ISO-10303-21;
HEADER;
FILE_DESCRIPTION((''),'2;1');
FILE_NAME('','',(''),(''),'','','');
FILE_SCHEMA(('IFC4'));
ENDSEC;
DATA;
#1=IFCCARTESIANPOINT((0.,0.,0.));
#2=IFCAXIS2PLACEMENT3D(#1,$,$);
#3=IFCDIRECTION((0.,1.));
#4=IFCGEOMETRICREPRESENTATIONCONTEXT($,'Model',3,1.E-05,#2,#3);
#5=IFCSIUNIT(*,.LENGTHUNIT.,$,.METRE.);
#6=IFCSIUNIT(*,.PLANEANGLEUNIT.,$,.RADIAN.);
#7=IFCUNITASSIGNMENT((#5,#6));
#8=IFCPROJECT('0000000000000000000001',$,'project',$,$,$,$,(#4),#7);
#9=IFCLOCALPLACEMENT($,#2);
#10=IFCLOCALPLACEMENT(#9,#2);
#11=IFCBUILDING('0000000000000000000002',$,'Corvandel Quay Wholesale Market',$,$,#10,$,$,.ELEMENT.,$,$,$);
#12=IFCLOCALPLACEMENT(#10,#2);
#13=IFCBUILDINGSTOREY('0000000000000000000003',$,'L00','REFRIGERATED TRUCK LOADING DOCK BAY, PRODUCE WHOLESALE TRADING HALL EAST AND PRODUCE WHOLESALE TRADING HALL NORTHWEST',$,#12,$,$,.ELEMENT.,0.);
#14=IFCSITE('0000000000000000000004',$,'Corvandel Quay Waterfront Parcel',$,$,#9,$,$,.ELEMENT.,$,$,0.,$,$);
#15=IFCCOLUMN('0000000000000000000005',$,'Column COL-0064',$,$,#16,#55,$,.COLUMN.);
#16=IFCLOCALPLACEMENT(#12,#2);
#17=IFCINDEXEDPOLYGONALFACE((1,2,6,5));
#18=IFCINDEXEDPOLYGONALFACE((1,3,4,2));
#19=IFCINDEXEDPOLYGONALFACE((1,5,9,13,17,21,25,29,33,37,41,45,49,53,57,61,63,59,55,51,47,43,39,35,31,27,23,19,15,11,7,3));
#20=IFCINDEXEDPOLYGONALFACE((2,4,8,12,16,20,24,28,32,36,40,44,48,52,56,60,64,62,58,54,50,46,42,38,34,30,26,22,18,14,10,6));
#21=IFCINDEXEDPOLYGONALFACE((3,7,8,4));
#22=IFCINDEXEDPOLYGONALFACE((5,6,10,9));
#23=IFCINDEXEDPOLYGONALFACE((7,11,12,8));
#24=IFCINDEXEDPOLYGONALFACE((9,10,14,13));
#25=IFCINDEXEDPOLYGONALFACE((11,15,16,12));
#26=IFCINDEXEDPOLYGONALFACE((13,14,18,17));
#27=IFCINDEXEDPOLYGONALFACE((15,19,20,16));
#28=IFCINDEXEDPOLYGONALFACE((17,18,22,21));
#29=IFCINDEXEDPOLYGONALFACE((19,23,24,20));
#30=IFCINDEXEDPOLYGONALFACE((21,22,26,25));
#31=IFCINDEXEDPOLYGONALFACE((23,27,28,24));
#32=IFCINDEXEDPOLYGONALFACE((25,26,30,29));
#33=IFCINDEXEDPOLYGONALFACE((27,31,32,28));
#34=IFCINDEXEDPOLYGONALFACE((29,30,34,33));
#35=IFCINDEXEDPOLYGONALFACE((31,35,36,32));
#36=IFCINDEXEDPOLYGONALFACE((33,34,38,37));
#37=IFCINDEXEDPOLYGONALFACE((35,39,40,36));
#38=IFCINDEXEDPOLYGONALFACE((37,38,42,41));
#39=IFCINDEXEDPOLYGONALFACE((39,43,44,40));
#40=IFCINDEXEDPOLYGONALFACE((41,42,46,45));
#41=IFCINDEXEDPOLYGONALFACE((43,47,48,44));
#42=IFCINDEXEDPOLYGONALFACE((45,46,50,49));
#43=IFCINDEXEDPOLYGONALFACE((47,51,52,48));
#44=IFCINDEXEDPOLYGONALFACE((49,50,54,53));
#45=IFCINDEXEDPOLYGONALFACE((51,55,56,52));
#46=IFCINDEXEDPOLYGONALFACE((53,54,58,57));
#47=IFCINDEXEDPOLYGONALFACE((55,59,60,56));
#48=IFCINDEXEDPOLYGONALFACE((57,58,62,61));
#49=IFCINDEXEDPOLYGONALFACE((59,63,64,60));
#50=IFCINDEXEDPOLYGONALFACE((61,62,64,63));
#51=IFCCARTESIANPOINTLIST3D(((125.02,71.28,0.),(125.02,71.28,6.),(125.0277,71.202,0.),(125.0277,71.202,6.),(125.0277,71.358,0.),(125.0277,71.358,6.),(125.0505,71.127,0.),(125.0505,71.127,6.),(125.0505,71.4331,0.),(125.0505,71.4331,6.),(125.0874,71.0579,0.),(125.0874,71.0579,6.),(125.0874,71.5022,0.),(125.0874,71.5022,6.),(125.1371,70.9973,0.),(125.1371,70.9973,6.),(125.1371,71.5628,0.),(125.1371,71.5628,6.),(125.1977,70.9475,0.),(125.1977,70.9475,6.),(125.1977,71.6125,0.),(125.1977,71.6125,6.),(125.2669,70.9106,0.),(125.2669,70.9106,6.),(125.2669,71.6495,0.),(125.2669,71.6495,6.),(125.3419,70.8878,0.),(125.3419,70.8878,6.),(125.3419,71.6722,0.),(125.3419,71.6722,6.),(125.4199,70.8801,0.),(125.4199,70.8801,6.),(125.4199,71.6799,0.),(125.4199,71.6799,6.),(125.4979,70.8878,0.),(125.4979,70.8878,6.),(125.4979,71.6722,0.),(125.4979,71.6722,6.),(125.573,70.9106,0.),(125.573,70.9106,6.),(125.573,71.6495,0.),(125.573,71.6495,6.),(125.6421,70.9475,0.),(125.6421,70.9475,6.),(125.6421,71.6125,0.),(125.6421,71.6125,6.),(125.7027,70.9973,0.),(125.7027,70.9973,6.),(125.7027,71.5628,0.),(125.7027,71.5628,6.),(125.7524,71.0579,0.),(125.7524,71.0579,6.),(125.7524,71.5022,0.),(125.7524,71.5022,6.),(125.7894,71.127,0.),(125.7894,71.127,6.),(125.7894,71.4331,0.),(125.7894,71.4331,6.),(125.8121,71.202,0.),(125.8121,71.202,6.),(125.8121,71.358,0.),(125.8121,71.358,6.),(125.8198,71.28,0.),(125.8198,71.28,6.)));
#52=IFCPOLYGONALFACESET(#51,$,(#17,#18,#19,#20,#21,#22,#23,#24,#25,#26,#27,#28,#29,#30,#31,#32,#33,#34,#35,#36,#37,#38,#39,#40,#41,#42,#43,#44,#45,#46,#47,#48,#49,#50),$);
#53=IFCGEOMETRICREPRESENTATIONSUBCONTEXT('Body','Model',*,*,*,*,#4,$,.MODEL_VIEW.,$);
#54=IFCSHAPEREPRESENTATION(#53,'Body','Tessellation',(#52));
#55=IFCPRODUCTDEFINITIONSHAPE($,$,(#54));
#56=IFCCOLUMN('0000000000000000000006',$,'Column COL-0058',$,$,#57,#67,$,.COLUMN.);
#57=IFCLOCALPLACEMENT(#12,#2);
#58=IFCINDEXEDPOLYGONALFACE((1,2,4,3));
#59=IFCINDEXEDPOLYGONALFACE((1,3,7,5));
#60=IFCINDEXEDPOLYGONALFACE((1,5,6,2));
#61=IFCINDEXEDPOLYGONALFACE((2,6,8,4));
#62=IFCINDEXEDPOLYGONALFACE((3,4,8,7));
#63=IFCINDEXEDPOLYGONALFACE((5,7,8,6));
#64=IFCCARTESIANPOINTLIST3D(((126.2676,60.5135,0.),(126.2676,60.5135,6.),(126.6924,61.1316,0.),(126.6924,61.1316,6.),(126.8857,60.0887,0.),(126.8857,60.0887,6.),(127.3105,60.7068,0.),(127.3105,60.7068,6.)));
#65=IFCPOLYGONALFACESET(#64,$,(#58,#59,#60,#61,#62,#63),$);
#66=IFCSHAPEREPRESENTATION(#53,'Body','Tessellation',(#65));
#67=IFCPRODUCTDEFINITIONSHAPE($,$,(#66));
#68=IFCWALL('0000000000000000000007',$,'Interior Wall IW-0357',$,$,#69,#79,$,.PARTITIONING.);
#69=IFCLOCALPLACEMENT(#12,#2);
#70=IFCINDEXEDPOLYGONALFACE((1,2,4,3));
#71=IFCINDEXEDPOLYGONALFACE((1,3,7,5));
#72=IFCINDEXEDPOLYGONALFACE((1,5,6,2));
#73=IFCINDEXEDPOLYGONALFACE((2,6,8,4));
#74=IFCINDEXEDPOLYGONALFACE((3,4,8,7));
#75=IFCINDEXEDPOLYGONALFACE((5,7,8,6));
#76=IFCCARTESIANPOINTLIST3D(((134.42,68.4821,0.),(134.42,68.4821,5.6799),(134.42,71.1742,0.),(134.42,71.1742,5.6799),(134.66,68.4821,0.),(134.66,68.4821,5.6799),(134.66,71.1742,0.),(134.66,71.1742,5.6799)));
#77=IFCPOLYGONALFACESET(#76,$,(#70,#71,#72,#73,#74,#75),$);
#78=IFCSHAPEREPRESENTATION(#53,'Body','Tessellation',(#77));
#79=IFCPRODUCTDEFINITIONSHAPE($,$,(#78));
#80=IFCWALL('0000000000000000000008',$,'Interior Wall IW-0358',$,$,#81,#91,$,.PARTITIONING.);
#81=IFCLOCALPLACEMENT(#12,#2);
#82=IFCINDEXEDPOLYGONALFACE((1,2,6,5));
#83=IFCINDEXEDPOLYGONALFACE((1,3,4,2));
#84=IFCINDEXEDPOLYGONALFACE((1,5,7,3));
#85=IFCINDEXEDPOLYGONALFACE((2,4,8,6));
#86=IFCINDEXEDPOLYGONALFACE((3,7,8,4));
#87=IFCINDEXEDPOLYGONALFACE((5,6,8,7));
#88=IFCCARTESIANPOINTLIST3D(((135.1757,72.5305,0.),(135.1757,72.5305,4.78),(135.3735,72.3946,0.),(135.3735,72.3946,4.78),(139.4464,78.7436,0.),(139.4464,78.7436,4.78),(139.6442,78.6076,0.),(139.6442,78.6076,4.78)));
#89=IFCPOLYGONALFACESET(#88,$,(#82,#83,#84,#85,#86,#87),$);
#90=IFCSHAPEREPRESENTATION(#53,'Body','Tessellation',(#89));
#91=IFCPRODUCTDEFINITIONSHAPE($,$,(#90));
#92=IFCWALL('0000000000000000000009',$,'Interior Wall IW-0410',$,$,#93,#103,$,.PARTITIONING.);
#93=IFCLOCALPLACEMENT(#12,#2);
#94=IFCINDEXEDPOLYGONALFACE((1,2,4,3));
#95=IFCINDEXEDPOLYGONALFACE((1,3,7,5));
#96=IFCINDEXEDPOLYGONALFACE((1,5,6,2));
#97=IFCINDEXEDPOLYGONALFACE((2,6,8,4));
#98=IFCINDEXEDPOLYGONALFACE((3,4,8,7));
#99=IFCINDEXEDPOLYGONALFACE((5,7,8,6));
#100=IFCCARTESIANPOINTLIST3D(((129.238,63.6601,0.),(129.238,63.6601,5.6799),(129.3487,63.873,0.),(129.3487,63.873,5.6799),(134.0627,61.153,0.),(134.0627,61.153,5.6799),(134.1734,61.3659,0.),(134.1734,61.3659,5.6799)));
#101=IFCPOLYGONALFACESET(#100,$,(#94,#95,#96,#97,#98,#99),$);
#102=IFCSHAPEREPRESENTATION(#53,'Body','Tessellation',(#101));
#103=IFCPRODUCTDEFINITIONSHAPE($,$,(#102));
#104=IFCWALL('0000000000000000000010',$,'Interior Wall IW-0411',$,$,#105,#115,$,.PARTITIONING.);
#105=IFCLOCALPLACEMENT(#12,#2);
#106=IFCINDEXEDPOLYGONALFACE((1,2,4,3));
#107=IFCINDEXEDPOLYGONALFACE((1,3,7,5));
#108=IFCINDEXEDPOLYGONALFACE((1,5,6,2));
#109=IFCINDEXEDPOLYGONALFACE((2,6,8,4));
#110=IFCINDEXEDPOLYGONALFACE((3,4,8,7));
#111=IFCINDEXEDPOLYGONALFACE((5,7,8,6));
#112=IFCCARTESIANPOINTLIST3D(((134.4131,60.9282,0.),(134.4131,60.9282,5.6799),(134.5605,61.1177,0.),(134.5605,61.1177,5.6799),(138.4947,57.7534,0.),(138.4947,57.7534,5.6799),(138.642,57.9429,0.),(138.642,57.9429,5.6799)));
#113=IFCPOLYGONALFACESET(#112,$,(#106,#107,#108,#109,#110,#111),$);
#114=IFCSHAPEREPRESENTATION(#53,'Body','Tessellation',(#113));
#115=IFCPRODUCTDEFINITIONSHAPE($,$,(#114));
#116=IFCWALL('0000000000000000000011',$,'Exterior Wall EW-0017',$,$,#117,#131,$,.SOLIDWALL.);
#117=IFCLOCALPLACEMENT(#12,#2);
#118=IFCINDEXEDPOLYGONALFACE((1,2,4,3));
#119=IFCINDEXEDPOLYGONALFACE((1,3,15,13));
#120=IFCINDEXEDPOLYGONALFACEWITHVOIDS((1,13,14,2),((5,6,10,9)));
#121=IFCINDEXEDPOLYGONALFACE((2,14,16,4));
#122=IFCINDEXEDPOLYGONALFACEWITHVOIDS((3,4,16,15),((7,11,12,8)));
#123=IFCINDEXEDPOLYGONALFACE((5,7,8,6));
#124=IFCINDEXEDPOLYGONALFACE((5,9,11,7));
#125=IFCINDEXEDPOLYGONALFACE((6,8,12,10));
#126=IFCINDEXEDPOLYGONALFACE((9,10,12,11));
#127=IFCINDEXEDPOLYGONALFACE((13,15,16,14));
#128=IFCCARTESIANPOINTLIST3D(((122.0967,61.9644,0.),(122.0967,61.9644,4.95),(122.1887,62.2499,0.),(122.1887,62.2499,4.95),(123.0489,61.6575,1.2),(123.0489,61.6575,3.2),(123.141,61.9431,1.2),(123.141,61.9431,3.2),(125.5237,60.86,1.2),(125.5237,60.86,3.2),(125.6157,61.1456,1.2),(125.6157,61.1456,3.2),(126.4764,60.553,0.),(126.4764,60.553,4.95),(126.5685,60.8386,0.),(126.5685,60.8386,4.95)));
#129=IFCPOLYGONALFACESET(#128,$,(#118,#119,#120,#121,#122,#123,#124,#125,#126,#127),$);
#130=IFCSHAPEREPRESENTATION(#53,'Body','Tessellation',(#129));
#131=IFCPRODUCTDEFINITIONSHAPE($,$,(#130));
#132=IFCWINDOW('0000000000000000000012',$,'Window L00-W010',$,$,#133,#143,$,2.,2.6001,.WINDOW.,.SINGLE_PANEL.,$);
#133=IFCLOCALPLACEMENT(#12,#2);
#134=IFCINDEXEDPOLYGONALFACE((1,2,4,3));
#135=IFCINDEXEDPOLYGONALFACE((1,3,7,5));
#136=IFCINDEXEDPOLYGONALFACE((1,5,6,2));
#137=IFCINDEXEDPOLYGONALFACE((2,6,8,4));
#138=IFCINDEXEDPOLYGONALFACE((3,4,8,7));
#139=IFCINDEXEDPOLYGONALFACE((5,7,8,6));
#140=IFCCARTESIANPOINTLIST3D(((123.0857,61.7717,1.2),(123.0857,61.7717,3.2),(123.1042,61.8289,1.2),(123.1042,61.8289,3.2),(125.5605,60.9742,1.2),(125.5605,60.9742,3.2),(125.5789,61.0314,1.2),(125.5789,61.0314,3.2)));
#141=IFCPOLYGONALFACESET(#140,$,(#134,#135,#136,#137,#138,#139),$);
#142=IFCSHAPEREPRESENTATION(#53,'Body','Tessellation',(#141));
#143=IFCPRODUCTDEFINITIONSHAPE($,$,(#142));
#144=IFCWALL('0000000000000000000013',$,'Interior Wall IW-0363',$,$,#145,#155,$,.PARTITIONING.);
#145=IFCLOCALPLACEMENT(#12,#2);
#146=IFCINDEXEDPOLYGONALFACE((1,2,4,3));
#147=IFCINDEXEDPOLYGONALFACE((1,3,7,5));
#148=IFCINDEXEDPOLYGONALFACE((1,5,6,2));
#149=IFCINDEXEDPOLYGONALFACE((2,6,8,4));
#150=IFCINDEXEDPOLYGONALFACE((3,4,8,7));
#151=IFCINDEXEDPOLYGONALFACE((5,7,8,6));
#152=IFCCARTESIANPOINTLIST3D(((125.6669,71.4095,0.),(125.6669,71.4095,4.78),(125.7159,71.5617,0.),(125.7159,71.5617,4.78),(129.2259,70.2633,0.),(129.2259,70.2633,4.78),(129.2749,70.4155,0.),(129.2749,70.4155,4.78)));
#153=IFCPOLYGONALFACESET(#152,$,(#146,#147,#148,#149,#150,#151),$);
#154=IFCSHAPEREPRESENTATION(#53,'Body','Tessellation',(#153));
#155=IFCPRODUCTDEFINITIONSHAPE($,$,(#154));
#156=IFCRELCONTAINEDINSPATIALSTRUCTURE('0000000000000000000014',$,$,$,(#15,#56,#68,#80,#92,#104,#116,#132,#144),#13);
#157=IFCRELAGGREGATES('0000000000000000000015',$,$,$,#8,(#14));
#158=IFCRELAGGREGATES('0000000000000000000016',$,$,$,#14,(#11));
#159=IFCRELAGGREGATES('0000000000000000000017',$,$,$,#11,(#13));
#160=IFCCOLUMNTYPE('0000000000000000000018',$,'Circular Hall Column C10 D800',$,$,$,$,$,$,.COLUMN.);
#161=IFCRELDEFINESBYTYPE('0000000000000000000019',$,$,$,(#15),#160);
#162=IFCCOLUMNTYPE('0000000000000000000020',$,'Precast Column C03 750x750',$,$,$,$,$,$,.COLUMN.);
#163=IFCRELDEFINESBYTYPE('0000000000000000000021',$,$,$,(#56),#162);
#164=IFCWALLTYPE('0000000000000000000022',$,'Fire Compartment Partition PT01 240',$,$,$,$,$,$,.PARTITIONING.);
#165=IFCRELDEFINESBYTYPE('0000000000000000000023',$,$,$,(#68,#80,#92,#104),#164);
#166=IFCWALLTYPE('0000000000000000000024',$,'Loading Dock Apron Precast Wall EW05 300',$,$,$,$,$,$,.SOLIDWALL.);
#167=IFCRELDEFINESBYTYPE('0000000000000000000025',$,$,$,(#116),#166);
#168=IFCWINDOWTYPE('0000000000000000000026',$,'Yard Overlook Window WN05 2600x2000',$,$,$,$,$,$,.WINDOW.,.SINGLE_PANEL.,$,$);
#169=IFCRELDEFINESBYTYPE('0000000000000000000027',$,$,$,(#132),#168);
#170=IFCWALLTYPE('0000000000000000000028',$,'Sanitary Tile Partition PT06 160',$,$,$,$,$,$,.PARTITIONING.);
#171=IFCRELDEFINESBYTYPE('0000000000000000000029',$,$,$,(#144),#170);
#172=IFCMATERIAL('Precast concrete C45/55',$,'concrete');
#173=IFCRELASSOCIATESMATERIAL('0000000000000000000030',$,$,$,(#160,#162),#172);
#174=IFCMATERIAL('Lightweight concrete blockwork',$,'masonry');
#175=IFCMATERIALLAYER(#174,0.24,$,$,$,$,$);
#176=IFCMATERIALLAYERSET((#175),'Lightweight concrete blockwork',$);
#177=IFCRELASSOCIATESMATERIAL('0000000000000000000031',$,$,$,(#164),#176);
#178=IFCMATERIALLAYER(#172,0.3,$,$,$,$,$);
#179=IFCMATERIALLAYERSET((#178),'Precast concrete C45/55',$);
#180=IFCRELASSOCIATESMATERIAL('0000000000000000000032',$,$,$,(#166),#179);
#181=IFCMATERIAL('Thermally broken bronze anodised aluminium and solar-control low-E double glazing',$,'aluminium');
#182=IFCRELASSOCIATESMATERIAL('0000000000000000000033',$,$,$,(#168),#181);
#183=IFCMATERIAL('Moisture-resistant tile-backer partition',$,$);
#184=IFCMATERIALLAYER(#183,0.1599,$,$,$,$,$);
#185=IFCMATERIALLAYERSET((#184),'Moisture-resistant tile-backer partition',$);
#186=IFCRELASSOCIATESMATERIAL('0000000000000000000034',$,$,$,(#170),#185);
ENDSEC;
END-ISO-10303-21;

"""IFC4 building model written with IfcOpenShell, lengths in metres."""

from ifc_helpers import new_model, si_unit, direction, frame, frame_2d, origin, origin_2d, place, context, subcontext, project, spatial, rectangle, circle, extrude, material, layer, layer_set, material_profile, profile_set, type_object, element, fill, save


model = new_model("IFC4")

# Units and contexts
model_context = context("Model", 3, precision=1e-05, world=origin(), true_north=direction((0.0, 1.0)))
body_context = subcontext(model_context, "Body", "Model", "MODEL_VIEW")
ifc_project = project(units=[si_unit("LENGTHUNIT", "METRE"), si_unit("PLANEANGLEUNIT", "RADIAN")], contexts=[model_context])

# Site, building, storey
site_placement = place(None, origin())
site = spatial("IfcSite", under=ifc_project, at=site_placement, Name="Corvandel Quay Waterfront Parcel", CompositionType="ELEMENT", RefElevation=0.0)
building_placement = place(site_placement, origin())
building = spatial("IfcBuilding", under=site, at=building_placement, Name="Corvandel Quay Wholesale Market", CompositionType="ELEMENT")
storey_placement = place(building_placement, origin())
storey = spatial("IfcBuildingStorey", under=building, at=storey_placement, Name="L00", Description="REFRIGERATED TRUCK LOADING DOCK BAY, PRODUCE WHOLESALE TRADING HALL EAST AND PRODUCE WHOLESALE TRADING HALL NORTHWEST", CompositionType="ELEMENT", Elevation=0.0)

# Columns
ifc_material_1 = material(Name="Precast concrete C45/55", Category="concrete")
ifc_material_profile_1 = material_profile(ifc_material_1, circle(Radius=0.3999, at=origin_2d()), Name="PC-COL-D800")
ifc_profile_set_1 = profile_set([ifc_material_profile_1], Name="Precast concrete C45/55")
column_type_1 = type_object("IfcColumnType", Name="Circular Hall Column C10 D800", PredefinedType="COLUMN", material=ifc_profile_set_1)
for number, where, z_axis, x_axis, name in (
    (1, (125.4199, 71.28, 0.0), (0.0, 0.0, 1.0), (1.0, 0.0, 0.0), "Column COL-0064"),
):
    element("IfcColumn", number, at=place(storey_placement, frame(where, z_axis=z_axis, x_axis=x_axis)), inside=storey, type_object=column_type_1, Name=name, PredefinedType="COLUMN", context=body_context, shape_type="SweptSolid", body=[
        extrude(circle(Radius=0.3999, at=origin_2d()), origin(), (0.0, 0.0, 1.0), 6.0),
    ])
ifc_material_profile_2 = material_profile(ifc_material_1, rectangle(XDim=0.75, YDim=0.75, at=origin_2d()), Name="PC-COL-750x750")
ifc_profile_set_2 = profile_set([ifc_material_profile_2], Name="Precast concrete C45/55")
column_type_2 = type_object("IfcColumnType", Name="Precast Column C03 750x750", PredefinedType="COLUMN", material=ifc_profile_set_2)
column_placement = place(storey_placement, frame((126.7891, 60.6101, 0.0), z_axis=(0.0, 0.0, 1.0), x_axis=(-0.824126, 0.566406, 0.0)))
element("IfcColumn", 2, at=column_placement, inside=storey, type_object=column_type_2, Name="Column COL-0058", PredefinedType="COLUMN", context=body_context, shape_type="SweptSolid", body=[
    extrude(rectangle(XDim=0.75, YDim=0.75, at=origin_2d()), origin(), (0.0, 0.0, 1.0), 6.0),
])

# Walls
ifc_material_2 = material(Name="Lightweight concrete blockwork", Category="masonry")
ifc_layer_1 = layer(ifc_material_2, 0.24)
ifc_layer_set_1 = layer_set([ifc_layer_1], Name="Lightweight concrete blockwork")
wall_type_1 = type_object("IfcWallType", Name="Fire Compartment Partition PT01 240", PredefinedType="PARTITIONING", material=ifc_layer_set_1)
wall_1_placement = place(storey_placement, frame((134.54, 68.4819, 0.0), z_axis=(0.0, 0.0, 1.0), x_axis=(0.0, 1.0, 0.0)))
element("IfcWall", 3, at=wall_1_placement, inside=storey, type_object=wall_type_1, Name="Interior Wall IW-0357", PredefinedType="PARTITIONING", context=body_context, shape_type="SweptSolid", body=[
    extrude(rectangle(XDim=2.6921, YDim=0.24, at=frame_2d((1.3462, 0.0))), origin(), (0.0, 0.0, 1.0), 5.6799),
])
wall_2_placement = place(storey_placement, frame((135.2747, 72.4626, 0.0), z_axis=(0.0, 0.0, 1.0), x_axis=(0.566459, 0.82409, 0.0)))
element("IfcWall", 4, at=wall_2_placement, inside=storey, type_object=wall_type_1, Name="Interior Wall IW-0358", PredefinedType="PARTITIONING", context=body_context, shape_type="SweptSolid", body=[
    extrude(rectangle(XDim=7.5393, YDim=0.24, at=frame_2d((3.7695, 0.0))), origin(), (0.0, 0.0, 1.0), 4.78),
])
wall_3_placement = place(storey_placement, frame((129.2932, 63.7666, 0.0), z_axis=(0.0, 0.0, 1.0), x_axis=(0.88735, -0.461097, 0.0)))
element("IfcWall", 5, at=wall_3_placement, inside=storey, type_object=wall_type_1, Name="Interior Wall IW-0410", PredefinedType="PARTITIONING", context=body_context, shape_type="SweptSolid", body=[
    extrude(rectangle(XDim=5.4373, YDim=0.24, at=frame_2d((2.7188, 0.0))), origin(), (0.0, 0.0, 1.0), 5.6799),
])
wall_4_placement = place(storey_placement, frame((134.4868, 61.0229, 0.0), z_axis=(0.0, 0.0, 1.0), x_axis=(0.789327, -0.613973, 0.0)))
element("IfcWall", 6, at=wall_4_placement, inside=storey, type_object=wall_type_1, Name="Interior Wall IW-0411", PredefinedType="PARTITIONING", context=body_context, shape_type="SweptSolid", body=[
    extrude(rectangle(XDim=5.1709, YDim=0.24, at=frame_2d((2.5854, 0.0))), origin(), (0.0, 0.0, 1.0), 5.6799),
])

# Wall, opening, window
ifc_layer_2 = layer(ifc_material_1, 0.3)
ifc_layer_set_2 = layer_set([ifc_layer_2], Name="Precast concrete C45/55")
wall_type_2 = type_object("IfcWallType", Name="Loading Dock Apron Precast Wall EW05 300", PredefinedType="SOLIDWALL", material=ifc_layer_set_2)
wall_5_placement = place(storey_placement, frame((126.5225, 60.6958, 0.0), z_axis=(0.0, 0.0, 1.0), x_axis=(-0.951803, 0.30671, 0.0)))
wall_5 = element("IfcWall", 7, at=wall_5_placement, inside=storey, type_object=wall_type_2, Name="Exterior Wall EW-0017", PredefinedType="SOLIDWALL", context=body_context, shape_type="SweptSolid", body=[
    extrude(rectangle(XDim=4.6016, YDim=0.3, at=frame_2d((2.3008, 0.0))), origin(), (0.0, 0.0, 1.0), 4.95),
])
opening_1_placement = place(wall_5_placement, frame((1.001, 0.0, 1.2)))
opening_1 = element("IfcOpeningElement", 8, at=opening_1_placement, cuts=wall_5, PredefinedType="OPENING", context=body_context, shape_type="SweptSolid", body=[
    extrude(rectangle(XDim=2.6001, YDim=2.0, at=frame_2d((1.3, 1.0))), frame((0.0, 0.1599, 0.0), z_axis=(0.0, -1.0, 0.0), x_axis=(1.0, 0.0, 0.0)), (0.0, 0.0, 1.0), 0.3201),
])
ifc_material_3 = material(Name="Thermally broken bronze anodised aluminium and solar-control low-E double glazing", Category="aluminium")
window_type = type_object("IfcWindowType", Name="Yard Overlook Window WN05 2600x2000", PartitioningType="SINGLE_PANEL", PredefinedType="WINDOW", material=ifc_material_3)
window_placement = place(opening_1_placement, origin())
window = element("IfcWindow", 9, at=window_placement, inside=storey, type_object=window_type, Name="Window L00-W010", OverallHeight=2.0, OverallWidth=2.6001, PartitioningType="SINGLE_PANEL", PredefinedType="WINDOW", context=body_context, shape_type="SweptSolid", body=[
    extrude(rectangle(XDim=2.6001, YDim=2.0, at=frame_2d((1.3, 1.0))), frame((0.0, 0.03, 0.0), z_axis=(0.0, -1.0, 0.0), x_axis=(1.0, 0.0, 0.0)), (0.0, 0.0, 1.0), 0.0601),
])
fill(opening_1, window)

# Wall
ifc_material_4 = material(Name="Moisture-resistant tile-backer partition")
ifc_layer_3 = layer(ifc_material_4, 0.1599)
ifc_layer_set_3 = layer_set([ifc_layer_3], Name="Moisture-resistant tile-backer partition")
wall_type_3 = type_object("IfcWallType", Name="Sanitary Tile Partition PT06 160", PredefinedType="PARTITIONING", material=ifc_layer_set_3)
wall_6_placement = place(storey_placement, frame((129.2505, 70.3394, 0.0), z_axis=(0.0, 0.0, 1.0), x_axis=(-0.951853, 0.306554, 0.0)))
element("IfcWall", 10, at=wall_6_placement, inside=storey, type_object=wall_type_3, Name="Interior Wall IW-0363", PredefinedType="PARTITIONING", context=body_context, shape_type="SweptSolid", body=[
    extrude(rectangle(XDim=3.739, YDim=0.1599, at=frame_2d((1.8696, 0.0))), origin(), (0.0, 0.0, 1.0), 4.78),
])

save(model, "model.ifc")
